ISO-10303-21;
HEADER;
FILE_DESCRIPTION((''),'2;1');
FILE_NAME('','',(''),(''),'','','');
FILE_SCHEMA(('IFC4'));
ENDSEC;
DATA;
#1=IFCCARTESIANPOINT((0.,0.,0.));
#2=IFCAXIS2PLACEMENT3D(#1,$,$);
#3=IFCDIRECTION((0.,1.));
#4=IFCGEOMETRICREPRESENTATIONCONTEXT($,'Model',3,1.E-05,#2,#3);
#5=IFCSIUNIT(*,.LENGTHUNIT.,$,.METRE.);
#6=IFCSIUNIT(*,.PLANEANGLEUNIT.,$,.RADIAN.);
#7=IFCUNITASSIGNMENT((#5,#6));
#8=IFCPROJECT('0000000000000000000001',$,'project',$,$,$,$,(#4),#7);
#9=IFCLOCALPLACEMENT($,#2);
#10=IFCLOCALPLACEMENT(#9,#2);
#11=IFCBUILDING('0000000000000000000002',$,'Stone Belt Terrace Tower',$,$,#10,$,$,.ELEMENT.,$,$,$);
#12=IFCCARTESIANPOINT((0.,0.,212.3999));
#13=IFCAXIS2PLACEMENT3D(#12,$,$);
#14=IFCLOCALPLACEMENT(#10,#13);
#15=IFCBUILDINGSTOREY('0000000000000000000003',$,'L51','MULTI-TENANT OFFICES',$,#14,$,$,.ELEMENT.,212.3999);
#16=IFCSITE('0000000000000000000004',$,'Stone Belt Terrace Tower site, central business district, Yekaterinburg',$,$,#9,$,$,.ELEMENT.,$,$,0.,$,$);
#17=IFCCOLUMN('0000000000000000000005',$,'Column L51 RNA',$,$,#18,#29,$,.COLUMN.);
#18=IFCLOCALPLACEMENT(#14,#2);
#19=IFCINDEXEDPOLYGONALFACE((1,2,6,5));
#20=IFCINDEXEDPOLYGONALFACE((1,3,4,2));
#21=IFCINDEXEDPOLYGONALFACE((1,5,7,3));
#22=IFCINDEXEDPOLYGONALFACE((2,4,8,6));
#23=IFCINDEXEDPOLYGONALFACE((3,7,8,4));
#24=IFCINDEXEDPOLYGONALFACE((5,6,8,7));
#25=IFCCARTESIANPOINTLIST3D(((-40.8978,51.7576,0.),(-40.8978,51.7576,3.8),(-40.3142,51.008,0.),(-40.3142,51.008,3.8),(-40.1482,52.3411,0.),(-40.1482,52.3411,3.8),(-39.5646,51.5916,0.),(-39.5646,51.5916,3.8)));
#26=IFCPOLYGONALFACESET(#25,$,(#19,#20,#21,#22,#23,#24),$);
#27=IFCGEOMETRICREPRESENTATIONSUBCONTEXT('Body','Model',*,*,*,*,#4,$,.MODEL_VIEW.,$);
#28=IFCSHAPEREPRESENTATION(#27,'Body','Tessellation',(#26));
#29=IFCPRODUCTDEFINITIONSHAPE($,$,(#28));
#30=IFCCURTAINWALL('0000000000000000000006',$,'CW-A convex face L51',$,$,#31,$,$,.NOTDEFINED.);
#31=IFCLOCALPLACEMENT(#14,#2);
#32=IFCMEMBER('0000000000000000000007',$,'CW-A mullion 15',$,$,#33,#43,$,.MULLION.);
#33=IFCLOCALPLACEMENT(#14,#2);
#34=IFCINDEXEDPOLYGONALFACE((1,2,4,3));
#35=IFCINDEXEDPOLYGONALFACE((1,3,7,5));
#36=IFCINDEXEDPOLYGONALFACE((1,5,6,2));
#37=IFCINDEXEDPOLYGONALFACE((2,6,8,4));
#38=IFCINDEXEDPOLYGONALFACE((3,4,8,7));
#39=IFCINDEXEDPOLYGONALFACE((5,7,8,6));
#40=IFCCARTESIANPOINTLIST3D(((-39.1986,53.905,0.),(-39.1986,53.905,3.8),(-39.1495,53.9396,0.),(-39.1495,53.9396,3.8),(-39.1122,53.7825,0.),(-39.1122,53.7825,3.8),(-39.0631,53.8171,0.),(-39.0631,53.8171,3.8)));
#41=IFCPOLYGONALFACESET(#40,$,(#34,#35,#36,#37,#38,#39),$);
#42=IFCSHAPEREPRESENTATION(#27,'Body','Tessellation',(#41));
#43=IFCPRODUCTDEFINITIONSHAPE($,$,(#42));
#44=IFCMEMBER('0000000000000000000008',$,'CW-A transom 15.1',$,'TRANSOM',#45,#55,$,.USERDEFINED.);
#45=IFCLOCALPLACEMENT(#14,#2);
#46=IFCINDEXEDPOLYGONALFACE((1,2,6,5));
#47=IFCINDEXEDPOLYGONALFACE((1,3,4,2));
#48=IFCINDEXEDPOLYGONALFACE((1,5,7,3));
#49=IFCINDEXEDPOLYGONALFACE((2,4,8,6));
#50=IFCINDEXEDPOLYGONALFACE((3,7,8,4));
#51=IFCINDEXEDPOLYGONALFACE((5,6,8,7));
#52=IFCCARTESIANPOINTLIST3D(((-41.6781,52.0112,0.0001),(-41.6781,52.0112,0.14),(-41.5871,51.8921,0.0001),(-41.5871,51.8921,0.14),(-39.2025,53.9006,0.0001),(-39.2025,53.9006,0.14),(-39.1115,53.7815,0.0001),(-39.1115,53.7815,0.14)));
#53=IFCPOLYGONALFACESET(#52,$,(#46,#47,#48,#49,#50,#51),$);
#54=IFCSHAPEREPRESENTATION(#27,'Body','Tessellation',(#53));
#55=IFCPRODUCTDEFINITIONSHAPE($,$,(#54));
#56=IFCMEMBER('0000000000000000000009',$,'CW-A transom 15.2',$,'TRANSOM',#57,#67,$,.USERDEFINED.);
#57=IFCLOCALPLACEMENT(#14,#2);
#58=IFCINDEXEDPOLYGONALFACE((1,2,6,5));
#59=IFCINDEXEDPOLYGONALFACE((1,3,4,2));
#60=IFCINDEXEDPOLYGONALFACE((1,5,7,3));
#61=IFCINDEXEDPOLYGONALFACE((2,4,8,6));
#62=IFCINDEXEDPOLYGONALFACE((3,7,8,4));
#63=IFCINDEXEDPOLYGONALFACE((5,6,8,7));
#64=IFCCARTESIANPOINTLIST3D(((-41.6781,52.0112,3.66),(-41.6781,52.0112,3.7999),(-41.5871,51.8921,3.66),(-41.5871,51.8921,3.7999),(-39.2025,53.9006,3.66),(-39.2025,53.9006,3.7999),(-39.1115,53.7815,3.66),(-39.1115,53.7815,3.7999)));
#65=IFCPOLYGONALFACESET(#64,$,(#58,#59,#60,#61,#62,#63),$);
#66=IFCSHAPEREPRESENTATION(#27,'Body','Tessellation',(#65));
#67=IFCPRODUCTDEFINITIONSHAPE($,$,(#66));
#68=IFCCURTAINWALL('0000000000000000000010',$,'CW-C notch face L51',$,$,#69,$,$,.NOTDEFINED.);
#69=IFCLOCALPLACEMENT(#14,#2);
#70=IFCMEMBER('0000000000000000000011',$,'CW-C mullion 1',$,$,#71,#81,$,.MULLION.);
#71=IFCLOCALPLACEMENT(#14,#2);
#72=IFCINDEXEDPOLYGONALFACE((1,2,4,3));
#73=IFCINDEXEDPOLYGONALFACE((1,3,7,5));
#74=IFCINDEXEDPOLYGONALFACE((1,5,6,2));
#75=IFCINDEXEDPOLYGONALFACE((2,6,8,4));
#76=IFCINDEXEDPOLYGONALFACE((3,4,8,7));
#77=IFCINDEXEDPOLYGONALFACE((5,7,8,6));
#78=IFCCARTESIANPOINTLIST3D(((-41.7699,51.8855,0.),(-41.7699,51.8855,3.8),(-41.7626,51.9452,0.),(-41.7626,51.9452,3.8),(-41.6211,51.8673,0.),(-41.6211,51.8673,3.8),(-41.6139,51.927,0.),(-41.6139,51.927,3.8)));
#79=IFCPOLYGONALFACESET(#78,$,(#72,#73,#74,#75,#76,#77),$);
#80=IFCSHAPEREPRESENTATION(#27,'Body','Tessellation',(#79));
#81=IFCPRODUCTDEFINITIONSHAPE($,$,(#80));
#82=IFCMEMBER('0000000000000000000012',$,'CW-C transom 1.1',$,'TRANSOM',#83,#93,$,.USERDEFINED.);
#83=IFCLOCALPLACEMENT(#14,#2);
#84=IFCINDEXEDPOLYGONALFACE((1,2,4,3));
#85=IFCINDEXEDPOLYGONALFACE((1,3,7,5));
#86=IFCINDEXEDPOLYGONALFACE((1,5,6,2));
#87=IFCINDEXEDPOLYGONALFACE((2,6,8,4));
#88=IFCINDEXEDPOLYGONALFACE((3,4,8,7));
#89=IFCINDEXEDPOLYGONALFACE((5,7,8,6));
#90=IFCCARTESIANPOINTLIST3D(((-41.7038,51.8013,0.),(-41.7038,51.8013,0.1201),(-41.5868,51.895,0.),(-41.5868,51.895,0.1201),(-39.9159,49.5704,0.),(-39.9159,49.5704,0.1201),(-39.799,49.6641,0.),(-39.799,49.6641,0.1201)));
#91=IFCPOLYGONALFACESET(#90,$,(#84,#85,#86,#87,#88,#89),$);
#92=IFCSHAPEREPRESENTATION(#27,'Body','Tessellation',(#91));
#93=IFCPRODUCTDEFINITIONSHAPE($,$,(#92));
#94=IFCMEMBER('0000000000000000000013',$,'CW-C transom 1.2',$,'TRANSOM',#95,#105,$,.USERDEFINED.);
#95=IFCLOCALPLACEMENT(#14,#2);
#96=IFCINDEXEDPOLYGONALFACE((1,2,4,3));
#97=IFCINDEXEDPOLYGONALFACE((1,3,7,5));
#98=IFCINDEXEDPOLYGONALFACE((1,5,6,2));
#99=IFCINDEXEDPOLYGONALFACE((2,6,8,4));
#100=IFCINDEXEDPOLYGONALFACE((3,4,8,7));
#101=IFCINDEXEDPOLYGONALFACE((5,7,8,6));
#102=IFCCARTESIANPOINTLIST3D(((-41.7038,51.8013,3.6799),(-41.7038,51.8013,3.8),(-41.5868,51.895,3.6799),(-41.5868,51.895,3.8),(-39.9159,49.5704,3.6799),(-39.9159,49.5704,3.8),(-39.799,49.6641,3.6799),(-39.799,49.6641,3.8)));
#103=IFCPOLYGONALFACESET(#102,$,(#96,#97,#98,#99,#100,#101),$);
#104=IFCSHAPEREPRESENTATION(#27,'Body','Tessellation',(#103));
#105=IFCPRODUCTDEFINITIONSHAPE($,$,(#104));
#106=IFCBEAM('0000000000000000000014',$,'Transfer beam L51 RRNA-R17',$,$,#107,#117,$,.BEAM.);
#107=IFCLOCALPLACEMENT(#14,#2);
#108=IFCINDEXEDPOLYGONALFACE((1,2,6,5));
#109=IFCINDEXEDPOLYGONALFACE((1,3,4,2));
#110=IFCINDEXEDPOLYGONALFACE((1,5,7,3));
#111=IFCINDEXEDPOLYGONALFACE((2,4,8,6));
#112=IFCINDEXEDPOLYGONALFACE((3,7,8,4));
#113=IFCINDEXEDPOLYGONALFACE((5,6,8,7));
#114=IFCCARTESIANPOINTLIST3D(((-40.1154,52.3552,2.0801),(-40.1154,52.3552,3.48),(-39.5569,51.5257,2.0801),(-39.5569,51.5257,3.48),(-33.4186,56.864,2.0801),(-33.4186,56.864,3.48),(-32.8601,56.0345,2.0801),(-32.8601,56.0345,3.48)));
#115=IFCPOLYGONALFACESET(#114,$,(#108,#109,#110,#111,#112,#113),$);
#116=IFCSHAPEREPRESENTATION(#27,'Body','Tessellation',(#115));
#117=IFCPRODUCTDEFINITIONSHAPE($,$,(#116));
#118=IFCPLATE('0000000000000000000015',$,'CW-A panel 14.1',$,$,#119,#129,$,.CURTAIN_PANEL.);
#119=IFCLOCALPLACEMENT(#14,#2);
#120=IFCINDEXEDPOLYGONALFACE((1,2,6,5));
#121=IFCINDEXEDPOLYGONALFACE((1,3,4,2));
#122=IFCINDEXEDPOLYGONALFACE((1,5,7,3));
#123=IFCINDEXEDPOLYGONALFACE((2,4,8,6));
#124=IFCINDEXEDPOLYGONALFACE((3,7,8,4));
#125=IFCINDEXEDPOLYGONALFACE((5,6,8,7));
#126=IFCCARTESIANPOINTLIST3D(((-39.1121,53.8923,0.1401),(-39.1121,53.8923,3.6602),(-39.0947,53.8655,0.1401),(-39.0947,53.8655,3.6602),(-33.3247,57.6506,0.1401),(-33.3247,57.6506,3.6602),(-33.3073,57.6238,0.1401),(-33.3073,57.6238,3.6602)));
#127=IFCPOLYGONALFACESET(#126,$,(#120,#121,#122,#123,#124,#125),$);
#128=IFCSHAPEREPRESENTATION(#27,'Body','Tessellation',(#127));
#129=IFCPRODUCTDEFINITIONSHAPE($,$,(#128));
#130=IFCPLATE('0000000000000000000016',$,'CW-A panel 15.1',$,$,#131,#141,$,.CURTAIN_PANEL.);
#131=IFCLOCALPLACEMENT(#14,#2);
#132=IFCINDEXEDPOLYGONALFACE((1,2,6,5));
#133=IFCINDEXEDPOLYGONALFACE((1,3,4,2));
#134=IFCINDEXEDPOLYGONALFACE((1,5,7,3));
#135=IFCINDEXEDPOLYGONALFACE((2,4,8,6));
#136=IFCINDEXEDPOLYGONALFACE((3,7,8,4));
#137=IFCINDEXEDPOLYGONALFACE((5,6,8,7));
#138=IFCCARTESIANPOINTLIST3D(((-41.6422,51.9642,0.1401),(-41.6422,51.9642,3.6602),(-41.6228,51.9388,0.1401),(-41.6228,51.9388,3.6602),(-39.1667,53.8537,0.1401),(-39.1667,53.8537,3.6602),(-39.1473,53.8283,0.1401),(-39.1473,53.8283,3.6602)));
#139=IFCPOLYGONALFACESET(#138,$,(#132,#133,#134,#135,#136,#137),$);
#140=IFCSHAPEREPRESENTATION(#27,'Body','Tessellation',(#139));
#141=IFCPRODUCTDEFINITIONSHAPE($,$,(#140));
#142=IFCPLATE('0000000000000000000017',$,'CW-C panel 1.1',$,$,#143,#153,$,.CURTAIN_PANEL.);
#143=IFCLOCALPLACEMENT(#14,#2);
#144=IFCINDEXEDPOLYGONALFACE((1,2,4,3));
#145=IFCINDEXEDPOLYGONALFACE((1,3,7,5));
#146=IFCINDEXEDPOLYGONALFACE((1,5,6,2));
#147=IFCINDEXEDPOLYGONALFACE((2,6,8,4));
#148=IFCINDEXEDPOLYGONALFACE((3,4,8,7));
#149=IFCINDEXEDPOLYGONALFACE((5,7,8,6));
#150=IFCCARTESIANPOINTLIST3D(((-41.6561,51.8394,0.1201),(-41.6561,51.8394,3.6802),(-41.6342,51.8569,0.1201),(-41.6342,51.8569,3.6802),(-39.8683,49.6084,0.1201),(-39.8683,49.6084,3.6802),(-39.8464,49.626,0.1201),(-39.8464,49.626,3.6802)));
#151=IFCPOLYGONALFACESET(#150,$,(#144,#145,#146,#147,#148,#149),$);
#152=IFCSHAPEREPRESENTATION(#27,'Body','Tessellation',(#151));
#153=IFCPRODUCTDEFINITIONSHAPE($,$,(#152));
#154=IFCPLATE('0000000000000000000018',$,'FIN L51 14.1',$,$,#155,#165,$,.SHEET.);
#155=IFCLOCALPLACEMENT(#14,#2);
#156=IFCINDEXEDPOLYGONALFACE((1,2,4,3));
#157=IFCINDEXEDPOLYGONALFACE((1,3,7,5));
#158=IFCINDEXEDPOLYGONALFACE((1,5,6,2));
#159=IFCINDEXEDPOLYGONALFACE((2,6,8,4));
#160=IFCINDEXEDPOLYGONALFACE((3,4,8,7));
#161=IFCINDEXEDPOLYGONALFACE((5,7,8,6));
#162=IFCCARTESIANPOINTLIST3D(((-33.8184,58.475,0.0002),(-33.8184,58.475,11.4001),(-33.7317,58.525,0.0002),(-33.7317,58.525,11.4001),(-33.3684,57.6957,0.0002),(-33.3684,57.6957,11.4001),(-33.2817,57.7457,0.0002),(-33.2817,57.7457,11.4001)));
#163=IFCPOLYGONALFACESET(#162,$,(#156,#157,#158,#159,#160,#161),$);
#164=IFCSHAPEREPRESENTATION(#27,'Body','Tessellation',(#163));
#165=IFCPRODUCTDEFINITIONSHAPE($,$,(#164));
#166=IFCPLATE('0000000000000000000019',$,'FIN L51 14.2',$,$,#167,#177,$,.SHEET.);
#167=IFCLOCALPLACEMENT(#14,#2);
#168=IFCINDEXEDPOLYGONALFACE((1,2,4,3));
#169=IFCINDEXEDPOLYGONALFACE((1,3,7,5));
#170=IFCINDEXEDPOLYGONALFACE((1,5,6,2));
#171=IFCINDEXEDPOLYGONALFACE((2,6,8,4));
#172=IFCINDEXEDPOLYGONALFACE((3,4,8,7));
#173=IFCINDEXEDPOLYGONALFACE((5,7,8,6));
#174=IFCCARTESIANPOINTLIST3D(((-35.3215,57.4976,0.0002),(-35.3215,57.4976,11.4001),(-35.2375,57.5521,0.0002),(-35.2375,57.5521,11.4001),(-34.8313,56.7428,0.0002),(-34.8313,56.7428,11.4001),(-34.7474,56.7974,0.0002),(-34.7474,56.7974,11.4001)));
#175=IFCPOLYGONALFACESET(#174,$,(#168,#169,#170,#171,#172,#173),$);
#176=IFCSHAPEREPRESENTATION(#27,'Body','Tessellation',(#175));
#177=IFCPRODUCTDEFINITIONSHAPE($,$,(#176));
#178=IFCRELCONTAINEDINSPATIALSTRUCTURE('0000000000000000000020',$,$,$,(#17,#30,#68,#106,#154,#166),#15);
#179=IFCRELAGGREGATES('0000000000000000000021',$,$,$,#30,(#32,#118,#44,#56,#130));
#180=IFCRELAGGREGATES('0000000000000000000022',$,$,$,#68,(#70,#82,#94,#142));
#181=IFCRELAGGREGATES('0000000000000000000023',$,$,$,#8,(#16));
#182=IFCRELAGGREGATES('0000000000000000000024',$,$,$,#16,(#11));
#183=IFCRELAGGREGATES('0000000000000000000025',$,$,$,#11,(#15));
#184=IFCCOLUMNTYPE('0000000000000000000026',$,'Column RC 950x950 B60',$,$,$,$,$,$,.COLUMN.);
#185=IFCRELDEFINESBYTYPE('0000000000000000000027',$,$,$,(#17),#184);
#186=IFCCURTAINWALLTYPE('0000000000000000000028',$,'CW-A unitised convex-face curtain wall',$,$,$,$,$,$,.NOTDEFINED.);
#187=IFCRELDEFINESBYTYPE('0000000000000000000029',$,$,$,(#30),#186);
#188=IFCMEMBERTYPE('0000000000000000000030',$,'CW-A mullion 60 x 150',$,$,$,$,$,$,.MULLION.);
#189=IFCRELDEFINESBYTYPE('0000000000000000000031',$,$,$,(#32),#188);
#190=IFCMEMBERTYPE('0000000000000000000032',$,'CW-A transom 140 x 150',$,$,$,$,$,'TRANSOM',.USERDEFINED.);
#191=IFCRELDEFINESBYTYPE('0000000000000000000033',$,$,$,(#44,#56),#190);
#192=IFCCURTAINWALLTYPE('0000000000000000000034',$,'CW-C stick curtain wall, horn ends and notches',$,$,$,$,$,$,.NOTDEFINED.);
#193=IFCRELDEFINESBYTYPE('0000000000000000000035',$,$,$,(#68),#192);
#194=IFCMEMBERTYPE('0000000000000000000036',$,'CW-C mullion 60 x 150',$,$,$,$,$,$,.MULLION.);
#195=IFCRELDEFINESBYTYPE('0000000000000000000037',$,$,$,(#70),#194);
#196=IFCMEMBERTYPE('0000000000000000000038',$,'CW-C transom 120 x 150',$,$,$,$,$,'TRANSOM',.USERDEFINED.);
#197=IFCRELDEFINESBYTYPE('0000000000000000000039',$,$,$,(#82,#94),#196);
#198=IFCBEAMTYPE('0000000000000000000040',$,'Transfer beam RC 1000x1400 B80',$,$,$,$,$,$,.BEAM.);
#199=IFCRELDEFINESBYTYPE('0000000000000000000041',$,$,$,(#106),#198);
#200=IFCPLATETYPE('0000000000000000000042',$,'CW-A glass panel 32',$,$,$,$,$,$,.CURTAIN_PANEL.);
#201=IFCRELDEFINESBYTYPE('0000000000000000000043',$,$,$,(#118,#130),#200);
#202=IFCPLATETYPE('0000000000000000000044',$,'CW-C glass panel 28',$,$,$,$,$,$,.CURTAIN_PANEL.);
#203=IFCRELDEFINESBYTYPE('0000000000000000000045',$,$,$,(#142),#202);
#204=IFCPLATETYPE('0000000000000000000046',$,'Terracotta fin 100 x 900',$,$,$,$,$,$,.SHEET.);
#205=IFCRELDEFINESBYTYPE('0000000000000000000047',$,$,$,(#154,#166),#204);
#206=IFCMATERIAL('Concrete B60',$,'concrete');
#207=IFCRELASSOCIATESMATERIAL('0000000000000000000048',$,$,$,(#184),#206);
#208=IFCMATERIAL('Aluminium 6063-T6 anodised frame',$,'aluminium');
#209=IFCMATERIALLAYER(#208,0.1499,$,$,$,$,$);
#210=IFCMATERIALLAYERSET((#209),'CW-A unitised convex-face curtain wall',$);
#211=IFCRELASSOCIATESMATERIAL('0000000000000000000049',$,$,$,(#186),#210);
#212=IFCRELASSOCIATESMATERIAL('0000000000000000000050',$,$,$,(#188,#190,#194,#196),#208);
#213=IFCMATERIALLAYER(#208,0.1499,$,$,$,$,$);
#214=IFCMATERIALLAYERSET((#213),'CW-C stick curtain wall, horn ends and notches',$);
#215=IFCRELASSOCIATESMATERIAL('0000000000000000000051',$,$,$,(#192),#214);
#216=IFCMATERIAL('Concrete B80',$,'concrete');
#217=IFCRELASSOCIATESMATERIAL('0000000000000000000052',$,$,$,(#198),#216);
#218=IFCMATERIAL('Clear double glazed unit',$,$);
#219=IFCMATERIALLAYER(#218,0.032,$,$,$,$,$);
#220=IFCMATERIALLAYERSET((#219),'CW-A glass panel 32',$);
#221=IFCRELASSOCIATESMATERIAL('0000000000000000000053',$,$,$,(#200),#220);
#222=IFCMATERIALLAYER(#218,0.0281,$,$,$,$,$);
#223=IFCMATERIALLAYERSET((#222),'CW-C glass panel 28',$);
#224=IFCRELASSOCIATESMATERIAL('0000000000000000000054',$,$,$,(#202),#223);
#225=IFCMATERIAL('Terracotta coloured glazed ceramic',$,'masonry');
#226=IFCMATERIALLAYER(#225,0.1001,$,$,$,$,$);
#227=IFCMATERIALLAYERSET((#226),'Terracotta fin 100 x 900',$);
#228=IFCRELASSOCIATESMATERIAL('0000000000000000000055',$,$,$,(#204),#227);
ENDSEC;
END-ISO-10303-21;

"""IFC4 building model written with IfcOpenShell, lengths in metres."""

from ifc_helpers import new_model, si_unit, direction, frame, origin, origin_2d, place, context, subcontext, project, spatial, rectangle, extrude, material, layer, layer_set, material_profile, profile_set, type_object, element, aggregate, save


model = new_model("IFC4")

# Units and contexts
model_context = context("Model", 3, precision=1e-05, world=origin(), true_north=direction((0.0, 1.0)))
body_context = subcontext(model_context, "Body", "Model", "MODEL_VIEW")
ifc_project = project(units=[si_unit("LENGTHUNIT", "METRE"), si_unit("PLANEANGLEUNIT", "RADIAN")], contexts=[model_context])

# Site, building, storey
site_placement = place(None, origin())
site = spatial("IfcSite", under=ifc_project, at=site_placement, Name="Stone Belt Terrace Tower site, central business district, Yekaterinburg", CompositionType="ELEMENT", RefElevation=0.0)
building_placement = place(site_placement, origin())
building = spatial("IfcBuilding", under=site, at=building_placement, Name="Stone Belt Terrace Tower", CompositionType="ELEMENT")
storey_placement = place(building_placement, frame((0.0, 0.0, 212.3999)))
storey = spatial("IfcBuildingStorey", under=building, at=storey_placement, Name="L51", Description="MULTI-TENANT OFFICES", CompositionType="ELEMENT", Elevation=212.3999)

# Column
ifc_material_1 = material(Name="Concrete B60", Category="concrete")
ifc_material_profile_1 = material_profile(ifc_material_1, rectangle(XDim=0.95, YDim=0.95, at=origin_2d()), Name="RC 950x950")
ifc_profile_set_1 = profile_set([ifc_material_profile_1], Name="Concrete B60")
column_type = type_object("IfcColumnType", Name="Column RC 950x950 B60", PredefinedType="COLUMN", material=ifc_profile_set_1)
column_placement = place(storey_placement, frame((-40.2312, 51.6746, 0.0), z_axis=(0.0, 0.0, 1.0), x_axis=(0.789057, 0.61432, 0.0)))
element("IfcColumn", 1, at=column_placement, inside=storey, type_object=column_type, Name="Column L51 RNA", PredefinedType="COLUMN", context=body_context, shape_type="SweptSolid", body=[
    extrude(rectangle(XDim=0.95, YDim=0.95, at=origin_2d()), origin(), (0.0, 0.0, 1.0), 3.8),
])

# Curtain walls, members
ifc_material_2 = material(Name="Aluminium 6063-T6 anodised frame", Category="aluminium")
ifc_layer_1 = layer(ifc_material_2, 0.1499)
ifc_layer_set_1 = layer_set([ifc_layer_1], Name="CW-A unitised convex-face curtain wall")
curtain_wall_type_1 = type_object("IfcCurtainWallType", Name="CW-A unitised convex-face curtain wall", PredefinedType="NOTDEFINED", material=ifc_layer_set_1)
curtain_wall_1_placement = place(storey_placement, origin())
curtain_wall_1 = element("IfcCurtainWall", 2, at=curtain_wall_1_placement, inside=storey, type_object=curtain_wall_type_1, Name="CW-A convex face L51", PredefinedType="NOTDEFINED")
ifc_material_profile_2 = material_profile(ifc_material_2, rectangle(XDim=0.1499, YDim=0.0601, at=origin_2d()), Name="Aluminium 6063-T6 60x150")
ifc_profile_set_2 = profile_set([ifc_material_profile_2], Name="Aluminium 6063-T6 anodised frame")
member_type_1 = type_object("IfcMemberType", Name="CW-A mullion 60 x 150", PredefinedType="MULLION", material=ifc_profile_set_2)
member_1_placement = place(storey_placement, frame((-39.1309, 53.8611, 0.0), z_axis=(0.0, 0.0, 1.0), x_axis=(0.576102, -0.817378, 0.0)))
member_1 = element("IfcMember", 3, at=member_1_placement, type_object=member_type_1, Name="CW-A mullion 15", PredefinedType="MULLION", context=body_context, shape_type="SweptSolid", body=[
    extrude(rectangle(XDim=0.1499, YDim=0.0601, at=origin_2d()), origin(), (0.0, 0.0, 1.0), 3.8),
])
ifc_material_profile_3 = material_profile(ifc_material_2, rectangle(XDim=0.1499, YDim=0.1399, at=origin_2d()), Name="Aluminium 6063-T6 150x140")
ifc_profile_set_3 = profile_set([ifc_material_profile_3], Name="Aluminium 6063-T6 anodised frame")
member_type_2 = type_object("IfcMemberType", Name="CW-A transom 140 x 150", ElementType="TRANSOM", PredefinedType="USERDEFINED", material=ifc_profile_set_3)
member_2_placement = place(storey_placement, frame((-39.157, 53.8411, 0.0701), z_axis=(-0.794929, -0.606702, 0.0), x_axis=(0.606702, -0.794929, 0.0)))
member_2 = element("IfcMember", 4, at=member_2_placement, type_object=member_type_2, Name="CW-A transom 15.1", ObjectType="TRANSOM", PredefinedType="USERDEFINED", context=body_context, shape_type="SweptSolid", body=[
    extrude(rectangle(XDim=0.1499, YDim=0.1399, at=origin_2d()), origin(), (0.0, 0.0, 1.0), 3.1143),
])
member_3_placement = place(storey_placement, frame((-39.157, 53.8411, 3.73), z_axis=(-0.794929, -0.606702, 0.0), x_axis=(0.606702, -0.794929, 0.0)))
member_3 = element("IfcMember", 5, at=member_3_placement, type_object=member_type_2, Name="CW-A transom 15.2", ObjectType="TRANSOM", PredefinedType="USERDEFINED", context=body_context, shape_type="SweptSolid", body=[
    extrude(rectangle(XDim=0.1499, YDim=0.1399, at=origin_2d()), origin(), (0.0, 0.0, 1.0), 3.1143),
])
ifc_layer_2 = layer(ifc_material_2, 0.1499)
ifc_layer_set_2 = layer_set([ifc_layer_2], Name="CW-C stick curtain wall, horn ends and notches")
curtain_wall_type_2 = type_object("IfcCurtainWallType", Name="CW-C stick curtain wall, horn ends and notches", PredefinedType="NOTDEFINED", material=ifc_layer_set_2)
curtain_wall_2_placement = place(storey_placement, origin())
curtain_wall_2 = element("IfcCurtainWall", 6, at=curtain_wall_2_placement, inside=storey, type_object=curtain_wall_type_2, Name="CW-C notch face L51", PredefinedType="NOTDEFINED")
ifc_material_profile_4 = material_profile(ifc_material_2, rectangle(XDim=0.1499, YDim=0.0601, at=origin_2d()), Name="Aluminium 6063-T6 60x150")
ifc_profile_set_4 = profile_set([ifc_material_profile_4], Name="Aluminium 6063-T6 anodised frame")
member_type_3 = type_object("IfcMemberType", Name="CW-C mullion 60 x 150", PredefinedType="MULLION", material=ifc_profile_set_4)
member_4_placement = place(storey_placement, frame((-41.6919, 51.9062, 0.0), z_axis=(0.0, 0.0, 1.0), x_axis=(0.992611, -0.121341, 0.0)))
member_4 = element("IfcMember", 7, at=member_4_placement, type_object=member_type_3, Name="CW-C mullion 1", PredefinedType="MULLION", context=body_context, shape_type="SweptSolid", body=[
    extrude(rectangle(XDim=0.1499, YDim=0.0601, at=origin_2d()), origin(), (0.0, 0.0, 1.0), 3.8),
])
ifc_material_profile_5 = material_profile(ifc_material_2, rectangle(XDim=0.1499, YDim=0.1201, at=origin_2d()), Name="Aluminium 6063-T6 150x120")
ifc_profile_set_5 = profile_set([ifc_material_profile_5], Name="Aluminium 6063-T6 anodised frame")
member_type_4 = type_object("IfcMemberType", Name="CW-C transom 120 x 150", ElementType="TRANSOM", PredefinedType="USERDEFINED", material=ifc_profile_set_5)
member_5_placement = place(storey_placement, frame((-41.6453, 51.8481, 0.0601), z_axis=(0.625351, -0.780344, 0.0), x_axis=(0.780344, 0.625351, 0.0)))
member_5 = element("IfcMember", 8, at=member_5_placement, type_object=member_type_4, Name="CW-C transom 1.1", ObjectType="TRANSOM", PredefinedType="USERDEFINED", context=body_context, shape_type="SweptSolid", body=[
    extrude(rectangle(XDim=0.1499, YDim=0.1201, at=origin_2d()), origin(), (0.0, 0.0, 1.0), 2.8589),
])
member_6_placement = place(storey_placement, frame((-41.6453, 51.8481, 3.74), z_axis=(0.625351, -0.780344, 0.0), x_axis=(0.780344, 0.625351, 0.0)))
member_6 = element("IfcMember", 9, at=member_6_placement, type_object=member_type_4, Name="CW-C transom 1.2", ObjectType="TRANSOM", PredefinedType="USERDEFINED", context=body_context, shape_type="SweptSolid", body=[
    extrude(rectangle(XDim=0.1499, YDim=0.1201, at=origin_2d()), origin(), (0.0, 0.0, 1.0), 2.8589),
])

# Beam
ifc_material_3 = material(Name="Concrete B80", Category="concrete")
ifc_material_profile_6 = material_profile(ifc_material_3, rectangle(XDim=1.0, YDim=1.3999, at=origin_2d()), Name="RC 1000x1400")
ifc_profile_set_6 = profile_set([ifc_material_profile_6], Name="Concrete B80")
beam_type = type_object("IfcBeamType", Name="Transfer beam RC 1000x1400 B80", PredefinedType="BEAM", material=ifc_profile_set_6)
beam_placement = place(storey_placement, frame((-39.8362, 51.9404, 2.78), z_axis=(0.829511, 0.558491, 0.0), x_axis=(-0.558491, 0.829511, 0.0)))
element("IfcBeam", 10, at=beam_placement, inside=storey, type_object=beam_type, Name="Transfer beam L51 RRNA-R17", PredefinedType="BEAM", context=body_context, shape_type="SweptSolid", body=[
    extrude(rectangle(XDim=1.0, YDim=1.3999, at=origin_2d()), origin(), (0.0, 0.0, 1.0), 8.0732),
])

# Plates
ifc_material_4 = material(Name="Clear double glazed unit")
ifc_layer_3 = layer(ifc_material_4, 0.032)
ifc_layer_set_3 = layer_set([ifc_layer_3], Name="CW-A glass panel 32")
plate_type_1 = type_object("IfcPlateType", Name="CW-A glass panel 32", PredefinedType="CURTAIN_PANEL", material=ifc_layer_set_3)
plate_1_placement = place(storey_placement, frame((-36.2097, 55.7581, 0.1401), z_axis=(0.0, 0.0, 1.0), x_axis=(-0.838671, -0.544639, 0.0)))
plate_1 = element("IfcPlate", 11, at=plate_1_placement, type_object=plate_type_1, Name="CW-A panel 14.1", PredefinedType="CURTAIN_PANEL", context=body_context, shape_type="SweptSolid", body=[
    extrude(rectangle(XDim=6.9006, YDim=0.032, at=origin_2d()), origin(), (0.0, 0.0, 1.0), 3.52),
])
plate_2_placement = place(storey_placement, frame((-40.3948, 52.8962, 0.1401), z_axis=(0.0, 0.0, 1.0), x_axis=(-0.794905, -0.606733, 0.0)))
plate_2 = element("IfcPlate", 12, at=plate_2_placement, type_object=plate_type_1, Name="CW-A panel 15.1", PredefinedType="CURTAIN_PANEL", context=body_context, shape_type="SweptSolid", body=[
    extrude(rectangle(XDim=3.1143, YDim=0.032, at=origin_2d()), origin(), (0.0, 0.0, 1.0), 3.52),
])
aggregate(curtain_wall_1, [member_1, plate_1, member_2, member_3, plate_2])
ifc_layer_4 = layer(ifc_material_4, 0.0281)
ifc_layer_set_4 = layer_set([ifc_layer_4], Name="CW-C glass panel 28")
plate_type_2 = type_object("IfcPlateType", Name="CW-C glass panel 28", PredefinedType="CURTAIN_PANEL", material=ifc_layer_set_4)
plate_3_placement = place(storey_placement, frame((-40.7512, 50.7327, 0.1201), z_axis=(0.0, 0.0, 1.0), x_axis=(0.625343, -0.78035, 0.0)))
plate_3 = element("IfcPlate", 13, at=plate_3_placement, type_object=plate_type_2, Name="CW-C panel 1.1", PredefinedType="CURTAIN_PANEL", context=body_context, shape_type="SweptSolid", body=[
    extrude(rectangle(XDim=2.8589, YDim=0.0281, at=origin_2d()), origin(), (0.0, 0.0, 1.0), 3.5601),
])
aggregate(curtain_wall_2, [member_4, member_5, member_6, plate_3])

# Plates
ifc_material_5 = material(Name="Terracotta coloured glazed ceramic", Category="masonry")
ifc_layer_5 = layer(ifc_material_5, 0.1001)
ifc_layer_set_5 = layer_set([ifc_layer_5], Name="Terracotta fin 100 x 900")
plate_type_3 = type_object("IfcPlateType", Name="Terracotta fin 100 x 900", PredefinedType="SHEET", material=ifc_layer_set_5)
for number, where, z_axis, x_axis, name in (
    (14, (-33.55, 58.1104, 0.0002), (0.0, 0.0, 1.0), (-0.5, 0.866025, 0.0), "FIN L51 14.1"),
    (15, (-35.0344, 57.1475, 0.0002), (0.0, 0.0, 1.0), (-0.544639, 0.838671, 0.0), "FIN L51 14.2"),
):
    element("IfcPlate", number, at=place(storey_placement, frame(where, z_axis=z_axis, x_axis=x_axis)), inside=storey, type_object=plate_type_3, Name=name, PredefinedType="SHEET", context=body_context, shape_type="SweptSolid", body=[
        extrude(rectangle(XDim=0.8999, YDim=0.1001, at=origin_2d()), origin(), (0.0, 0.0, 1.0), 11.3999),
    ])

save(model, "model.ifc")
